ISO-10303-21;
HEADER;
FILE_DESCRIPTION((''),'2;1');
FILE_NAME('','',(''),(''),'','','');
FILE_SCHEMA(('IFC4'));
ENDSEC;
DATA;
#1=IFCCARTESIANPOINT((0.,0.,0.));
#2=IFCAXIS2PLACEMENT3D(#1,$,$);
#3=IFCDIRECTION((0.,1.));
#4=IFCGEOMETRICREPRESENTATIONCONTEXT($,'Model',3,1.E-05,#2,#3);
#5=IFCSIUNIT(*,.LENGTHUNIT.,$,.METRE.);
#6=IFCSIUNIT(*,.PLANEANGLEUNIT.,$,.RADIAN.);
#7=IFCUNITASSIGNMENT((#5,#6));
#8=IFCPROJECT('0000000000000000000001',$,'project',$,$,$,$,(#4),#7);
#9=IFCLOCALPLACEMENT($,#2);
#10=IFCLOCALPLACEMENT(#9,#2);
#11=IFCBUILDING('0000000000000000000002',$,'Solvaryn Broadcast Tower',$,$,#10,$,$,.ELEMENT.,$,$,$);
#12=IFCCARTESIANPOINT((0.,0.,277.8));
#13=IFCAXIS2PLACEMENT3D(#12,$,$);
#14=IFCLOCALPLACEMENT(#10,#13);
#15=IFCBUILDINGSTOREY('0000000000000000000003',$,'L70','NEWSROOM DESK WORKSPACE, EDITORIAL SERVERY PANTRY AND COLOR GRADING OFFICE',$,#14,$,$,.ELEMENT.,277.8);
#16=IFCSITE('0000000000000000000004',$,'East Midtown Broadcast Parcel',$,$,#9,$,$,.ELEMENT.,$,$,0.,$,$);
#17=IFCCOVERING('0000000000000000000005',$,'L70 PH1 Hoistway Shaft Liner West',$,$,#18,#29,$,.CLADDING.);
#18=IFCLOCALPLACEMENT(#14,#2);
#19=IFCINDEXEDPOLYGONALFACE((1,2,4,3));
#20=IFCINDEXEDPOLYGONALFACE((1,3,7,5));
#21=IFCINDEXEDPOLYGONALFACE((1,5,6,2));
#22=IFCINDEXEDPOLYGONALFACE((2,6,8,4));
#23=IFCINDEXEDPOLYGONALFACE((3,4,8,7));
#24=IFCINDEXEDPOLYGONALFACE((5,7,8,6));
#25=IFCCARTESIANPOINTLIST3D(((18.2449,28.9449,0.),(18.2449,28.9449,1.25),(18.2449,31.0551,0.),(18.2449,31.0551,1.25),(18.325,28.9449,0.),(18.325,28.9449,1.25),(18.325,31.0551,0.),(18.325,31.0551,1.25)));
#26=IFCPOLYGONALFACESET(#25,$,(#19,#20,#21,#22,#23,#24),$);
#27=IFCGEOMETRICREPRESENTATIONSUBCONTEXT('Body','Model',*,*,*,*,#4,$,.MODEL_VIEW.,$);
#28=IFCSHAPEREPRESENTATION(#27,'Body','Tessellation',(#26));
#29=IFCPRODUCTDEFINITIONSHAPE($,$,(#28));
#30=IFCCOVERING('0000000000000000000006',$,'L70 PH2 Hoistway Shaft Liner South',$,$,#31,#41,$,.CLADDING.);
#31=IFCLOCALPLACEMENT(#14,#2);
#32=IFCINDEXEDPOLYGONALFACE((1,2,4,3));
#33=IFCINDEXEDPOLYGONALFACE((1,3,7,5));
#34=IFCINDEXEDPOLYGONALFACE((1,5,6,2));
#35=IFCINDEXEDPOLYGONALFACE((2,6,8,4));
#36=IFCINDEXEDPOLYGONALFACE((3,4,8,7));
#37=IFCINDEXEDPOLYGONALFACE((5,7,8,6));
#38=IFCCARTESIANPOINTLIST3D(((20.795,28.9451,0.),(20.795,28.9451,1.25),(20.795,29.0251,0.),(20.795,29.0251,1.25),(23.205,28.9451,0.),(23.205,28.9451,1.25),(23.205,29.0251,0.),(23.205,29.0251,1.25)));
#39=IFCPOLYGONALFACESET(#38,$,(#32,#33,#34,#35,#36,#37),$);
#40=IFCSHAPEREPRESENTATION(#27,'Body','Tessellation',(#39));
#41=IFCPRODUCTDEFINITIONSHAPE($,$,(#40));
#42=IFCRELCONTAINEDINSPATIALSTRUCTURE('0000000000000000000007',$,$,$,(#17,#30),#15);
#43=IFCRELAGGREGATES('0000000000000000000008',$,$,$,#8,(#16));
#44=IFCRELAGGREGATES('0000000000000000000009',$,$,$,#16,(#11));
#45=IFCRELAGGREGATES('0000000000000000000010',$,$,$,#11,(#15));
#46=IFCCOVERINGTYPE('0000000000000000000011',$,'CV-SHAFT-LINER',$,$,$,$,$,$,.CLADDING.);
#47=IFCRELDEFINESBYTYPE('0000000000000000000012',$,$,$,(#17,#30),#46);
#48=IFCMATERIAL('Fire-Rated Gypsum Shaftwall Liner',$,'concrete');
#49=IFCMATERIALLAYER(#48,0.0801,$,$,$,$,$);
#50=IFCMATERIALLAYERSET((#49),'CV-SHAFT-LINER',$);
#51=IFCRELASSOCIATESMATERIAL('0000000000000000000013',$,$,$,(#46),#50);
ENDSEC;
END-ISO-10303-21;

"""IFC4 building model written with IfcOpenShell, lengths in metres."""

from ifc_helpers import new_model, si_unit, direction, frame, origin, origin_2d, place, context, subcontext, project, spatial, rectangle, extrude, material, layer, layer_set, type_object, element, save


model = new_model("IFC4")

# Units and contexts
model_context = context("Model", 3, precision=1e-05, world=origin(), true_north=direction((0.0, 1.0)))
body_context = subcontext(model_context, "Body", "Model", "MODEL_VIEW")
ifc_project = project(units=[si_unit("LENGTHUNIT", "METRE"), si_unit("PLANEANGLEUNIT", "RADIAN")], contexts=[model_context])

# Site, building, storey
site_placement = place(None, origin())
site = spatial("IfcSite", under=ifc_project, at=site_placement, Name="East Midtown Broadcast Parcel", CompositionType="ELEMENT", RefElevation=0.0)
building_placement = place(site_placement, origin())
building = spatial("IfcBuilding", under=site, at=building_placement, Name="Solvaryn Broadcast Tower", CompositionType="ELEMENT")
storey_placement = place(building_placement, frame((0.0, 0.0, 277.8)))
storey = spatial("IfcBuildingStorey", under=building, at=storey_placement, Name="L70", Description="NEWSROOM DESK WORKSPACE, EDITORIAL SERVERY PANTRY AND COLOR GRADING OFFICE", CompositionType="ELEMENT", Elevation=277.8)

# Coverings
ifc_material_1 = material(Name="Fire-Rated Gypsum Shaftwall Liner", Category="concrete")
ifc_layer_1 = layer(ifc_material_1, 0.0801)
ifc_layer_set_1 = layer_set([ifc_layer_1], Name="CV-SHAFT-LINER")
covering_type = type_object("IfcCoveringType", Name="CV-SHAFT-LINER", PredefinedType="CLADDING", material=ifc_layer_set_1)
for number, where, z_axis, x_axis, name in (
    (1, (18.2849, 30.0, 0.0), (0.0, 0.0, 1.0), (1.0, 0.0, 0.0), "L70 PH1 Hoistway Shaft Liner West"),
):
    element("IfcCovering", number, at=place(storey_placement, frame(where, z_axis=z_axis, x_axis=x_axis)), inside=storey, type_object=covering_type, Name=name, PredefinedType="CLADDING", context=body_context, shape_type="SweptSolid", body=[
        extrude(rectangle(XDim=0.0801, YDim=2.1101, at=origin_2d()), origin(), (0.0, 0.0, 1.0), 1.25),
    ])
covering_1_placement = place(storey_placement, frame((22.0, 28.9851, 0.0), z_axis=(0.0, 0.0, 1.0), x_axis=(1.0, 0.0, 0.0)))
element("IfcCovering", 2, at=covering_1_placement, inside=storey, type_object=covering_type, Name="L70 PH2 Hoistway Shaft Liner South", PredefinedType="CLADDING", context=body_context, shape_type="SweptSolid", body=[
    extrude(rectangle(XDim=2.4099, YDim=0.0801, at=origin_2d()), origin(), (0.0, 0.0, 1.0), 1.25),
])

save(model, "model.ifc")
